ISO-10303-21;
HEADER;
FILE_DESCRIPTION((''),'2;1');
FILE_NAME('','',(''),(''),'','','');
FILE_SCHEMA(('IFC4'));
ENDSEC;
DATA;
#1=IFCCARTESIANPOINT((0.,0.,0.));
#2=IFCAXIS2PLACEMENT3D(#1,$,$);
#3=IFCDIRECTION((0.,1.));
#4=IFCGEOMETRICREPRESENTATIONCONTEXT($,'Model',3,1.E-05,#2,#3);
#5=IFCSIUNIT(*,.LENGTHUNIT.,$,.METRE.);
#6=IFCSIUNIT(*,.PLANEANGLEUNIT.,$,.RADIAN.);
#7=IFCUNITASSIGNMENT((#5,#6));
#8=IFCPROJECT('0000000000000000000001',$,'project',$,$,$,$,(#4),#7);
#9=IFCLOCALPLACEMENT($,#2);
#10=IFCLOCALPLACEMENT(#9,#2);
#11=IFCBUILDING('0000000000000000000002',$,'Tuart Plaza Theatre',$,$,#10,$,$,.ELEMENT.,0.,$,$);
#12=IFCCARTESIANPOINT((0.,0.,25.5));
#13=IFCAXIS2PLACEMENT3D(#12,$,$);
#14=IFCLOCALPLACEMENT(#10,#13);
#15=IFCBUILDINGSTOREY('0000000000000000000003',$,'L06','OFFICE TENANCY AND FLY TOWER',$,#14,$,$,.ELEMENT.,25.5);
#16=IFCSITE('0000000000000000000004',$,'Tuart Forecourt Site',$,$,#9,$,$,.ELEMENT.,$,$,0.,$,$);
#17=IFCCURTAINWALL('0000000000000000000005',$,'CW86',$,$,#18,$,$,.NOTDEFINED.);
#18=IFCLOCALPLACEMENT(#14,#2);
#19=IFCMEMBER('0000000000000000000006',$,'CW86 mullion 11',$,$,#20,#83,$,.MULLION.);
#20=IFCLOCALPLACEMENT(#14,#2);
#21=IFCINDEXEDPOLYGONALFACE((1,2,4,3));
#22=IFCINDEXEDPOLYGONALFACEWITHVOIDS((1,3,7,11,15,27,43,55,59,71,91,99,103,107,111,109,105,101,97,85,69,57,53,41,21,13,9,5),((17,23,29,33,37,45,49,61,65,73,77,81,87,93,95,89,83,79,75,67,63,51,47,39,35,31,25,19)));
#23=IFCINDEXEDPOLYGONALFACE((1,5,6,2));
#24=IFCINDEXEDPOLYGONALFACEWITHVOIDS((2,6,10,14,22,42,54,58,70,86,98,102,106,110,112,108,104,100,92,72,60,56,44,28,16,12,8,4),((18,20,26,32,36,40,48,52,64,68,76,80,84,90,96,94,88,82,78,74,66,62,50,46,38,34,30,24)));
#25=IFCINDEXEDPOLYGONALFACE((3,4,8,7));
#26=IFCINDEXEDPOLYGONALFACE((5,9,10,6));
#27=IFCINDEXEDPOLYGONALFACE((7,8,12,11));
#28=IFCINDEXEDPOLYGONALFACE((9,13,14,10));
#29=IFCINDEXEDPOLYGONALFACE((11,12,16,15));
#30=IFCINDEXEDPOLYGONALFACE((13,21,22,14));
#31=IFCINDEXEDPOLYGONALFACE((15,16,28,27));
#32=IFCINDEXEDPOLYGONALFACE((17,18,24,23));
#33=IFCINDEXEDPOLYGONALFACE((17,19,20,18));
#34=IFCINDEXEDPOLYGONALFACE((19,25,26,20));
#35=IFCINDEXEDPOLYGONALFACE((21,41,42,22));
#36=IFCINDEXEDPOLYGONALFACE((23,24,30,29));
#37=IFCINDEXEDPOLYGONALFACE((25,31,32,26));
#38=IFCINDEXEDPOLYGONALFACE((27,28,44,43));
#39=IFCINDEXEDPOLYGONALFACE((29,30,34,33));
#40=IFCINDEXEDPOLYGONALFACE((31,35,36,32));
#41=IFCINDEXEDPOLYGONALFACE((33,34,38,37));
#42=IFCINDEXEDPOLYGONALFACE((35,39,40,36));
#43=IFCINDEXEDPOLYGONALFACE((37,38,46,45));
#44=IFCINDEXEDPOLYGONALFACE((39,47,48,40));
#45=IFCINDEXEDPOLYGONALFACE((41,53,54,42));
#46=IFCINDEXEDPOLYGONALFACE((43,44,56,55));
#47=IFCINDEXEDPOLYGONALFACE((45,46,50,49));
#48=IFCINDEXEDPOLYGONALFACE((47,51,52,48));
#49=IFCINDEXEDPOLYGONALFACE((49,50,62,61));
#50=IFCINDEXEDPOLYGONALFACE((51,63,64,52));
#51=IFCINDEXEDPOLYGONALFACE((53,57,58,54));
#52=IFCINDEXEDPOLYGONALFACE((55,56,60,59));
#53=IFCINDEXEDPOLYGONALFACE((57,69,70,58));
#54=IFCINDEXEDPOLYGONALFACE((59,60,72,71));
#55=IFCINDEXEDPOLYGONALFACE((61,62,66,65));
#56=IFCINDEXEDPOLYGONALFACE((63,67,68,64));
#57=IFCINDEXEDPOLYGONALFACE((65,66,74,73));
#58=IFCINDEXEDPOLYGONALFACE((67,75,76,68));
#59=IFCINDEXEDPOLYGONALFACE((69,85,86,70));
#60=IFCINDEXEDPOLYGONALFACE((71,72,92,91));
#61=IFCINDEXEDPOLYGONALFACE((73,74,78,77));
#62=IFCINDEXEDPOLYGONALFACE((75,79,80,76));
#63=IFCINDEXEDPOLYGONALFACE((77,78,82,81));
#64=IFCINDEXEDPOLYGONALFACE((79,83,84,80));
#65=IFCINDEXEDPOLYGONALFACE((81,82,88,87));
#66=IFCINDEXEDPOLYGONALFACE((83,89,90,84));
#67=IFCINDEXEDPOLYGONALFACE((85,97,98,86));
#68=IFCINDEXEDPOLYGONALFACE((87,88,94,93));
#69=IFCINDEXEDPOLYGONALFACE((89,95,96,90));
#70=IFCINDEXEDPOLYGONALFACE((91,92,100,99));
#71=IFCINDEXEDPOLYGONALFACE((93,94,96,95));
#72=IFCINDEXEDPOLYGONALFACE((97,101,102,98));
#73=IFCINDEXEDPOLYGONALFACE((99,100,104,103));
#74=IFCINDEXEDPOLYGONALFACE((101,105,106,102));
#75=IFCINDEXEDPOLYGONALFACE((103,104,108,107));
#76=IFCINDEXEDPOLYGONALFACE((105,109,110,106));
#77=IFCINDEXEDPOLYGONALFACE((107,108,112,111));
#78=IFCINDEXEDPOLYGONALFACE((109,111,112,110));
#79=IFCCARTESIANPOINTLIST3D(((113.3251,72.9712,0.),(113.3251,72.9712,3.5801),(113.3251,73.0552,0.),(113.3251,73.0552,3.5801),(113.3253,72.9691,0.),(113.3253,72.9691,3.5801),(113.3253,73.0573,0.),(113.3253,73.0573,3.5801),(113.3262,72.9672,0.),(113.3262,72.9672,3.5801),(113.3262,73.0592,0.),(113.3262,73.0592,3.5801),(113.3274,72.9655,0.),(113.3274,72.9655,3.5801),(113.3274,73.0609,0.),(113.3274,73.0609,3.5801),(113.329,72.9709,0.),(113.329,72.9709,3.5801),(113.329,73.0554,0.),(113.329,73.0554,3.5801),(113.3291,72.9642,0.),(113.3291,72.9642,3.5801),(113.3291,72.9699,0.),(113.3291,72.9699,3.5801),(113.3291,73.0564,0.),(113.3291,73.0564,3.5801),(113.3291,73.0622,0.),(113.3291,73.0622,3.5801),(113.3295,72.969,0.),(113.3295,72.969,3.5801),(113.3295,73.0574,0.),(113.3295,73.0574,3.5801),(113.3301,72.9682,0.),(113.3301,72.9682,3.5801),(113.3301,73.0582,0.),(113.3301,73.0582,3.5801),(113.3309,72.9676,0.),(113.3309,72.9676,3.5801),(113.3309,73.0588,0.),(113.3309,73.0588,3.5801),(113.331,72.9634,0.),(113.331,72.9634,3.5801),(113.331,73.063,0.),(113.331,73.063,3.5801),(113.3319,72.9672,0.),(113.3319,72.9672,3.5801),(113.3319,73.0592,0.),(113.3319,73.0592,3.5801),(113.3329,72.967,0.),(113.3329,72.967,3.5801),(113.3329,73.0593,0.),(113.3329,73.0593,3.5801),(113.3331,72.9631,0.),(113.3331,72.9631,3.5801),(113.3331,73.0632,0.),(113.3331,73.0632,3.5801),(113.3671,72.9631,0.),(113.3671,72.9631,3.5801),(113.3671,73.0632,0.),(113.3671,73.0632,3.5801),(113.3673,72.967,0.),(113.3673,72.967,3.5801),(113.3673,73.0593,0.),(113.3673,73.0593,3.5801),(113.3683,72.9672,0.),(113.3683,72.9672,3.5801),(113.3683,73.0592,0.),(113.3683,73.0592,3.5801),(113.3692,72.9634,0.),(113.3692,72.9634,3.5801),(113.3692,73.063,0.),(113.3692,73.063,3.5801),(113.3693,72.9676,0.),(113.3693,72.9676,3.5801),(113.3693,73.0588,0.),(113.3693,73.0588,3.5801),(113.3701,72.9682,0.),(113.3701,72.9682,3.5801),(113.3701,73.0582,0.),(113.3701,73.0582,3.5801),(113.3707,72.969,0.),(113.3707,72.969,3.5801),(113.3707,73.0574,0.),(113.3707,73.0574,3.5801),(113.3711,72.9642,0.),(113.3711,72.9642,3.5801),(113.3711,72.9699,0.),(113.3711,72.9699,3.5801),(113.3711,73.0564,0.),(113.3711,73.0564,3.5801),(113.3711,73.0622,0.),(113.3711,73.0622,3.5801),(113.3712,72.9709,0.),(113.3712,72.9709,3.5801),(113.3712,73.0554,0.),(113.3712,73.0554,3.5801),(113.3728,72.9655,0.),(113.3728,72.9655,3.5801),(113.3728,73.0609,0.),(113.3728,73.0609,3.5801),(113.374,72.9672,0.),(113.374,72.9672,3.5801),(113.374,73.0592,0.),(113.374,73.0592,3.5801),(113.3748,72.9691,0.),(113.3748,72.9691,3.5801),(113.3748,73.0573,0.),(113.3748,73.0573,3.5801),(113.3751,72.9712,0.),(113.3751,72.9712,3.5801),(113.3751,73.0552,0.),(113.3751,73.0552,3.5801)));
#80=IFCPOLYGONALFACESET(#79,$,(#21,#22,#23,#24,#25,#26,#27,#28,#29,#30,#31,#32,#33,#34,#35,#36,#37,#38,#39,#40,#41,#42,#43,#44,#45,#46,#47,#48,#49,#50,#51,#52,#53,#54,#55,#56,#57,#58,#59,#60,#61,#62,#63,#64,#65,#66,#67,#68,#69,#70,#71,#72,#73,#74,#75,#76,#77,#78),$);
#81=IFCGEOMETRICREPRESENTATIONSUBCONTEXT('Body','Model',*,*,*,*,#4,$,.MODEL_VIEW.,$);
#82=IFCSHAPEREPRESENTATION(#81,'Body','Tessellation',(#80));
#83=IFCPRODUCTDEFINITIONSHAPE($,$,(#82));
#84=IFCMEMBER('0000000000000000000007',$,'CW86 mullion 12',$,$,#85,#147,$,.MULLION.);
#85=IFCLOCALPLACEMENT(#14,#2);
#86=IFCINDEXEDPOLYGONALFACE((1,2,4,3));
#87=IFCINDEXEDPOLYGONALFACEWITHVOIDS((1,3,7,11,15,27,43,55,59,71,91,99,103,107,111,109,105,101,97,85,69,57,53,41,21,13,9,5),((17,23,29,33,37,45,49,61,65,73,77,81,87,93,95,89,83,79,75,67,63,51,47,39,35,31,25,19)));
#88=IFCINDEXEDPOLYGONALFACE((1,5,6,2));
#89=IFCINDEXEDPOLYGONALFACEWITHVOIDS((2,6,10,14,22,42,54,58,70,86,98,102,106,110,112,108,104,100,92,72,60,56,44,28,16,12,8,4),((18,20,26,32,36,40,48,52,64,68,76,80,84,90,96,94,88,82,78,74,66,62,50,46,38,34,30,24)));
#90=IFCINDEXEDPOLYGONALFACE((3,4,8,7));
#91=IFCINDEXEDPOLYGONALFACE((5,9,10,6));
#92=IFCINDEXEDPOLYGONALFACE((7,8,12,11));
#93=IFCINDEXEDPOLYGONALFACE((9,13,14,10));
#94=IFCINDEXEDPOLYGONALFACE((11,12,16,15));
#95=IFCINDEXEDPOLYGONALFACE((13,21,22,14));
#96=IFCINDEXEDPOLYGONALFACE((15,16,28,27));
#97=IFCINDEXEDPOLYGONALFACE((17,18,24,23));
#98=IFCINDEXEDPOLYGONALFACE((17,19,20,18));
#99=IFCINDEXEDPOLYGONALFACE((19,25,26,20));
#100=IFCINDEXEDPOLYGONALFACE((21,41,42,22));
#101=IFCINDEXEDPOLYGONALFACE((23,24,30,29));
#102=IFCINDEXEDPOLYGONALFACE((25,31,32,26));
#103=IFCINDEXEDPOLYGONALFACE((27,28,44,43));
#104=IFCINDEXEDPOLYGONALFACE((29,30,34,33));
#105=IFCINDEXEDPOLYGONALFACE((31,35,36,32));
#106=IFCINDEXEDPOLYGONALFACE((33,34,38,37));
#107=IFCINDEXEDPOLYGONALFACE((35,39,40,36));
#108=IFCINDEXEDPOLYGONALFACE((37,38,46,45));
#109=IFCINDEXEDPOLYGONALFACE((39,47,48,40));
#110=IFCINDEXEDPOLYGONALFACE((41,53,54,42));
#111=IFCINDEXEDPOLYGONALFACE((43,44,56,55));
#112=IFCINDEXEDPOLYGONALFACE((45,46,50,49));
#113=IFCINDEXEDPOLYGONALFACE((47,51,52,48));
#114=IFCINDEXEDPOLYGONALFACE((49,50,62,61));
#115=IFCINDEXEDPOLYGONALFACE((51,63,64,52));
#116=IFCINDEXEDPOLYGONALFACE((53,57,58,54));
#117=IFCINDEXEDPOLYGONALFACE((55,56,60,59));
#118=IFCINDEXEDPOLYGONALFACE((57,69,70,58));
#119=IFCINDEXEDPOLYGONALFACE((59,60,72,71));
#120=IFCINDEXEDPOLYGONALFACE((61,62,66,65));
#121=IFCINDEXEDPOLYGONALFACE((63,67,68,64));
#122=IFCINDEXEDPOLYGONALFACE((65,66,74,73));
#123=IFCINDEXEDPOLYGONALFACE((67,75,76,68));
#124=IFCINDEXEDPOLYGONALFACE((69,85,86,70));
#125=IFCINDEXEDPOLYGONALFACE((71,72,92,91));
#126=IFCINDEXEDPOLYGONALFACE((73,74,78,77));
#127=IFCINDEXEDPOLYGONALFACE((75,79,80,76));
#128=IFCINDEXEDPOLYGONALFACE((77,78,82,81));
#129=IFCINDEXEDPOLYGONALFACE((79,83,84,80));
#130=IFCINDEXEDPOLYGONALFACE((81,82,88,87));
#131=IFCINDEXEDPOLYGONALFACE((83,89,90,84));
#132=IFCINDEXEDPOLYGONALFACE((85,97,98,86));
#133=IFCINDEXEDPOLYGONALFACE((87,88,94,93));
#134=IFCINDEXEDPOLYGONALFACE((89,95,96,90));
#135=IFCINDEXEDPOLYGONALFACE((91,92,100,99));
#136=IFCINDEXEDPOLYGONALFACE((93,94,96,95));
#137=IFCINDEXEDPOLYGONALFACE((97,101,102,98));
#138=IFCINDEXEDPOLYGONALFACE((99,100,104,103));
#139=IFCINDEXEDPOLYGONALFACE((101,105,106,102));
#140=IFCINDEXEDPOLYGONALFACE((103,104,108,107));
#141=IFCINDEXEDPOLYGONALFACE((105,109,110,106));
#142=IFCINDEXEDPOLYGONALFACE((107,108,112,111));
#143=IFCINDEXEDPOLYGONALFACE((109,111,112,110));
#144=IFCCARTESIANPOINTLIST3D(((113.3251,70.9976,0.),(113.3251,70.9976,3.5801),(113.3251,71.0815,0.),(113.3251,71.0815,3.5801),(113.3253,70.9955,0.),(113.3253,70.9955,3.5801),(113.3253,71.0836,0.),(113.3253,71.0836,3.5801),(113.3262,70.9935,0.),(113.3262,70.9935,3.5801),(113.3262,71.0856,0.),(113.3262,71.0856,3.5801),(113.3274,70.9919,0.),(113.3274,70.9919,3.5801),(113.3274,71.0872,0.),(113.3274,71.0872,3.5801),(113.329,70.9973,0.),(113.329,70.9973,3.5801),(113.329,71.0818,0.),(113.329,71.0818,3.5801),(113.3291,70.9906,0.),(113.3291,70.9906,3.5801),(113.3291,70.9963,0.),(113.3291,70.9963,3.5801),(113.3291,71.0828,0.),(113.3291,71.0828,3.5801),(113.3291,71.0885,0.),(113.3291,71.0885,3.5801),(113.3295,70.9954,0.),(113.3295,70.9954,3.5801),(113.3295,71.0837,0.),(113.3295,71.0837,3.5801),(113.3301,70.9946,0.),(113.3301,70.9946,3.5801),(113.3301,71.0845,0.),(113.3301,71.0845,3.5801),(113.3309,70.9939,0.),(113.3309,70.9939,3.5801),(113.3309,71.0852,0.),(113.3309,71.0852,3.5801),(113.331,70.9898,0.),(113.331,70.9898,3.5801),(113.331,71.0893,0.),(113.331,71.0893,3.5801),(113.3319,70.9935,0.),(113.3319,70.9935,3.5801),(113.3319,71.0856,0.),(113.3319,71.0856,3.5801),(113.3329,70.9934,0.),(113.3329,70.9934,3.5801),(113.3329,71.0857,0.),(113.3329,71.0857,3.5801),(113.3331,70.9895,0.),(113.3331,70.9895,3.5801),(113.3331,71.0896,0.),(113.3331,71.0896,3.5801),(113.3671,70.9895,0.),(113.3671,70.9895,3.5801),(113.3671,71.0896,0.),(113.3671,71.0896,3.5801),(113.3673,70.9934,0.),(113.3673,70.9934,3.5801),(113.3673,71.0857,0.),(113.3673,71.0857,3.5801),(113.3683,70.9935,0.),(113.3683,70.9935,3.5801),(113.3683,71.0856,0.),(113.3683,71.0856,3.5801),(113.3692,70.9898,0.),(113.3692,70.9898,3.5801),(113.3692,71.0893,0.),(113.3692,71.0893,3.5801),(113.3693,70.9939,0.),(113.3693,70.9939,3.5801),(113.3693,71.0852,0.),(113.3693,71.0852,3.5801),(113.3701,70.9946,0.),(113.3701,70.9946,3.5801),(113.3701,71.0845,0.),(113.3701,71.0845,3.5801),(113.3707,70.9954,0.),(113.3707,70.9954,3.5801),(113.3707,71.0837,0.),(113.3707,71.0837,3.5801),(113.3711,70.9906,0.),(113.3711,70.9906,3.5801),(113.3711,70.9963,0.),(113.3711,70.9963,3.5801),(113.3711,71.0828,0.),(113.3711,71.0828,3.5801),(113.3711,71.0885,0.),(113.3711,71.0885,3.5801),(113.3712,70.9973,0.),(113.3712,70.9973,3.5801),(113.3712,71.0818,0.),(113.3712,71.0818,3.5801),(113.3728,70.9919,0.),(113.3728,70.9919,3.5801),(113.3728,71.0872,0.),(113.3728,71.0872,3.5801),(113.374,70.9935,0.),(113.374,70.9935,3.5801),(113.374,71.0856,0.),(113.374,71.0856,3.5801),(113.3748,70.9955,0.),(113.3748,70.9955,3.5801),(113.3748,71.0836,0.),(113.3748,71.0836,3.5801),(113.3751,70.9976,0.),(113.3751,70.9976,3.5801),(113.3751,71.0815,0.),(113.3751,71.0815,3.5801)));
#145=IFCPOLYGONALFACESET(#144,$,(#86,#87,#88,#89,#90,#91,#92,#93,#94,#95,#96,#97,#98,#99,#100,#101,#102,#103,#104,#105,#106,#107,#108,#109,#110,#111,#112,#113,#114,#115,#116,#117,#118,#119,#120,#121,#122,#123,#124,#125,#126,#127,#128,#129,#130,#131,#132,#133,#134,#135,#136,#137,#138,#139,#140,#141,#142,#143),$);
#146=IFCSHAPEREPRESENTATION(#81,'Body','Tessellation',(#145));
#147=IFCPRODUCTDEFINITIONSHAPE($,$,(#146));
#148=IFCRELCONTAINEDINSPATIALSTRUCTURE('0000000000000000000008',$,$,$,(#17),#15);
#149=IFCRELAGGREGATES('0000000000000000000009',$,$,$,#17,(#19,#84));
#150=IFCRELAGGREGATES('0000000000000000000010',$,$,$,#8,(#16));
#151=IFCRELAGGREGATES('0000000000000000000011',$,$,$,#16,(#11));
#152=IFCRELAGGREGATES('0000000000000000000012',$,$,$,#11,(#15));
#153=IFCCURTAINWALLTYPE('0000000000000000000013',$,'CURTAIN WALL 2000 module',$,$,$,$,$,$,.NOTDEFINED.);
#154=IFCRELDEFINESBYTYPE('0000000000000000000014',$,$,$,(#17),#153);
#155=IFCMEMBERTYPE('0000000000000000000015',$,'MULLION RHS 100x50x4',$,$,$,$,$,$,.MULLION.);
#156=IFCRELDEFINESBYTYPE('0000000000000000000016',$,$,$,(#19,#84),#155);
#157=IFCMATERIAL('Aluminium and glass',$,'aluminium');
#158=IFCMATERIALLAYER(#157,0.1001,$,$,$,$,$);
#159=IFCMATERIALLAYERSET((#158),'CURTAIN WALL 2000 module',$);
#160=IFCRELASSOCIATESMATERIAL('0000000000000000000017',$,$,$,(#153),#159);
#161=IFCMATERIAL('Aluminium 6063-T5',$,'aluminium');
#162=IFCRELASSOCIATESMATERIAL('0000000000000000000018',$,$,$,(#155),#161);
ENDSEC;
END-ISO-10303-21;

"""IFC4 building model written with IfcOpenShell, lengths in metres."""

from ifc_helpers import new_model, si_unit, direction, frame, origin, origin_2d, place, context, subcontext, project, spatial, hollow_rectangle, extrude, material, layer, layer_set, material_profile, profile_set, type_object, element, aggregate, save


model = new_model("IFC4")

# Units and contexts
model_context = context("Model", 3, precision=1e-05, world=origin(), true_north=direction((0.0, 1.0)))
body_context = subcontext(model_context, "Body", "Model", "MODEL_VIEW")
ifc_project = project(units=[si_unit("LENGTHUNIT", "METRE"), si_unit("PLANEANGLEUNIT", "RADIAN")], contexts=[model_context])

# Site, building, storey
site_placement = place(None, origin())
site = spatial("IfcSite", under=ifc_project, at=site_placement, Name="Tuart Forecourt Site", CompositionType="ELEMENT", RefElevation=0.0)
building_placement = place(site_placement, origin())
building = spatial("IfcBuilding", under=site, at=building_placement, Name="Tuart Plaza Theatre", CompositionType="ELEMENT", ElevationOfRefHeight=0.0)
storey_placement = place(building_placement, frame((0.0, 0.0, 25.5)))
storey = spatial("IfcBuildingStorey", under=building, at=storey_placement, Name="L06", Description="OFFICE TENANCY AND FLY TOWER", CompositionType="ELEMENT", Elevation=25.5)

# Curtain wall, members
ifc_material_1 = material(Name="Aluminium and glass", Category="aluminium")
ifc_layer_1 = layer(ifc_material_1, 0.1001)
ifc_layer_set_1 = layer_set([ifc_layer_1], Name="CURTAIN WALL 2000 module")
curtain_wall_type = type_object("IfcCurtainWallType", Name="CURTAIN WALL 2000 module", PredefinedType="NOTDEFINED", material=ifc_layer_set_1)
curtain_wall_placement = place(storey_placement, origin())
curtain_wall = element("IfcCurtainWall", 1, at=curtain_wall_placement, inside=storey, type_object=curtain_wall_type, Name="CW86", PredefinedType="NOTDEFINED")
ifc_material_2 = material(Name="Aluminium 6063-T5", Category="aluminium")
ifc_material_profile_1 = material_profile(ifc_material_2, hollow_rectangle(XDim=0.05, YDim=0.1001, WallThickness=0.0039, InnerFilletRadius=0.0039, OuterFilletRadius=0.0081, at=origin_2d()), Name="RHS 100x50x4")
ifc_profile_set_1 = profile_set([ifc_material_profile_1], Name="Aluminium 6063-T5")
member_type_1 = type_object("IfcMemberType", Name="MULLION RHS 100x50x4", PredefinedType="MULLION", material=ifc_profile_set_1)
member_1_placement = place(storey_placement, frame((113.3501, 73.0132, 0.0), z_axis=(0.0, 0.0, 1.0), x_axis=(1.0, 0.0, 0.0)))
member_1 = element("IfcMember", 2, at=member_1_placement, type_object=member_type_1, Name="CW86 mullion 11", PredefinedType="MULLION", context=body_context, shape_type="SweptSolid", body=[
    extrude(hollow_rectangle(XDim=0.05, YDim=0.1001, WallThickness=0.0039, InnerFilletRadius=0.0039, OuterFilletRadius=0.0081, at=origin_2d()), origin(), (0.0, 0.0, 1.0), 3.5801),
])
member_2_placement = place(storey_placement, frame((113.3501, 71.0396, 0.0), z_axis=(0.0, 0.0, 1.0), x_axis=(1.0, 0.0, 0.0)))
member_2 = element("IfcMember", 3, at=member_2_placement, type_object=member_type_1, Name="CW86 mullion 12", PredefinedType="MULLION", context=body_context, shape_type="SweptSolid", body=[
    extrude(hollow_rectangle(XDim=0.05, YDim=0.1001, WallThickness=0.0039, InnerFilletRadius=0.0039, OuterFilletRadius=0.0081, at=origin_2d()), origin(), (0.0, 0.0, 1.0), 3.5801),
])
aggregate(curtain_wall, [member_1, member_2])

save(model, "model.ifc")
